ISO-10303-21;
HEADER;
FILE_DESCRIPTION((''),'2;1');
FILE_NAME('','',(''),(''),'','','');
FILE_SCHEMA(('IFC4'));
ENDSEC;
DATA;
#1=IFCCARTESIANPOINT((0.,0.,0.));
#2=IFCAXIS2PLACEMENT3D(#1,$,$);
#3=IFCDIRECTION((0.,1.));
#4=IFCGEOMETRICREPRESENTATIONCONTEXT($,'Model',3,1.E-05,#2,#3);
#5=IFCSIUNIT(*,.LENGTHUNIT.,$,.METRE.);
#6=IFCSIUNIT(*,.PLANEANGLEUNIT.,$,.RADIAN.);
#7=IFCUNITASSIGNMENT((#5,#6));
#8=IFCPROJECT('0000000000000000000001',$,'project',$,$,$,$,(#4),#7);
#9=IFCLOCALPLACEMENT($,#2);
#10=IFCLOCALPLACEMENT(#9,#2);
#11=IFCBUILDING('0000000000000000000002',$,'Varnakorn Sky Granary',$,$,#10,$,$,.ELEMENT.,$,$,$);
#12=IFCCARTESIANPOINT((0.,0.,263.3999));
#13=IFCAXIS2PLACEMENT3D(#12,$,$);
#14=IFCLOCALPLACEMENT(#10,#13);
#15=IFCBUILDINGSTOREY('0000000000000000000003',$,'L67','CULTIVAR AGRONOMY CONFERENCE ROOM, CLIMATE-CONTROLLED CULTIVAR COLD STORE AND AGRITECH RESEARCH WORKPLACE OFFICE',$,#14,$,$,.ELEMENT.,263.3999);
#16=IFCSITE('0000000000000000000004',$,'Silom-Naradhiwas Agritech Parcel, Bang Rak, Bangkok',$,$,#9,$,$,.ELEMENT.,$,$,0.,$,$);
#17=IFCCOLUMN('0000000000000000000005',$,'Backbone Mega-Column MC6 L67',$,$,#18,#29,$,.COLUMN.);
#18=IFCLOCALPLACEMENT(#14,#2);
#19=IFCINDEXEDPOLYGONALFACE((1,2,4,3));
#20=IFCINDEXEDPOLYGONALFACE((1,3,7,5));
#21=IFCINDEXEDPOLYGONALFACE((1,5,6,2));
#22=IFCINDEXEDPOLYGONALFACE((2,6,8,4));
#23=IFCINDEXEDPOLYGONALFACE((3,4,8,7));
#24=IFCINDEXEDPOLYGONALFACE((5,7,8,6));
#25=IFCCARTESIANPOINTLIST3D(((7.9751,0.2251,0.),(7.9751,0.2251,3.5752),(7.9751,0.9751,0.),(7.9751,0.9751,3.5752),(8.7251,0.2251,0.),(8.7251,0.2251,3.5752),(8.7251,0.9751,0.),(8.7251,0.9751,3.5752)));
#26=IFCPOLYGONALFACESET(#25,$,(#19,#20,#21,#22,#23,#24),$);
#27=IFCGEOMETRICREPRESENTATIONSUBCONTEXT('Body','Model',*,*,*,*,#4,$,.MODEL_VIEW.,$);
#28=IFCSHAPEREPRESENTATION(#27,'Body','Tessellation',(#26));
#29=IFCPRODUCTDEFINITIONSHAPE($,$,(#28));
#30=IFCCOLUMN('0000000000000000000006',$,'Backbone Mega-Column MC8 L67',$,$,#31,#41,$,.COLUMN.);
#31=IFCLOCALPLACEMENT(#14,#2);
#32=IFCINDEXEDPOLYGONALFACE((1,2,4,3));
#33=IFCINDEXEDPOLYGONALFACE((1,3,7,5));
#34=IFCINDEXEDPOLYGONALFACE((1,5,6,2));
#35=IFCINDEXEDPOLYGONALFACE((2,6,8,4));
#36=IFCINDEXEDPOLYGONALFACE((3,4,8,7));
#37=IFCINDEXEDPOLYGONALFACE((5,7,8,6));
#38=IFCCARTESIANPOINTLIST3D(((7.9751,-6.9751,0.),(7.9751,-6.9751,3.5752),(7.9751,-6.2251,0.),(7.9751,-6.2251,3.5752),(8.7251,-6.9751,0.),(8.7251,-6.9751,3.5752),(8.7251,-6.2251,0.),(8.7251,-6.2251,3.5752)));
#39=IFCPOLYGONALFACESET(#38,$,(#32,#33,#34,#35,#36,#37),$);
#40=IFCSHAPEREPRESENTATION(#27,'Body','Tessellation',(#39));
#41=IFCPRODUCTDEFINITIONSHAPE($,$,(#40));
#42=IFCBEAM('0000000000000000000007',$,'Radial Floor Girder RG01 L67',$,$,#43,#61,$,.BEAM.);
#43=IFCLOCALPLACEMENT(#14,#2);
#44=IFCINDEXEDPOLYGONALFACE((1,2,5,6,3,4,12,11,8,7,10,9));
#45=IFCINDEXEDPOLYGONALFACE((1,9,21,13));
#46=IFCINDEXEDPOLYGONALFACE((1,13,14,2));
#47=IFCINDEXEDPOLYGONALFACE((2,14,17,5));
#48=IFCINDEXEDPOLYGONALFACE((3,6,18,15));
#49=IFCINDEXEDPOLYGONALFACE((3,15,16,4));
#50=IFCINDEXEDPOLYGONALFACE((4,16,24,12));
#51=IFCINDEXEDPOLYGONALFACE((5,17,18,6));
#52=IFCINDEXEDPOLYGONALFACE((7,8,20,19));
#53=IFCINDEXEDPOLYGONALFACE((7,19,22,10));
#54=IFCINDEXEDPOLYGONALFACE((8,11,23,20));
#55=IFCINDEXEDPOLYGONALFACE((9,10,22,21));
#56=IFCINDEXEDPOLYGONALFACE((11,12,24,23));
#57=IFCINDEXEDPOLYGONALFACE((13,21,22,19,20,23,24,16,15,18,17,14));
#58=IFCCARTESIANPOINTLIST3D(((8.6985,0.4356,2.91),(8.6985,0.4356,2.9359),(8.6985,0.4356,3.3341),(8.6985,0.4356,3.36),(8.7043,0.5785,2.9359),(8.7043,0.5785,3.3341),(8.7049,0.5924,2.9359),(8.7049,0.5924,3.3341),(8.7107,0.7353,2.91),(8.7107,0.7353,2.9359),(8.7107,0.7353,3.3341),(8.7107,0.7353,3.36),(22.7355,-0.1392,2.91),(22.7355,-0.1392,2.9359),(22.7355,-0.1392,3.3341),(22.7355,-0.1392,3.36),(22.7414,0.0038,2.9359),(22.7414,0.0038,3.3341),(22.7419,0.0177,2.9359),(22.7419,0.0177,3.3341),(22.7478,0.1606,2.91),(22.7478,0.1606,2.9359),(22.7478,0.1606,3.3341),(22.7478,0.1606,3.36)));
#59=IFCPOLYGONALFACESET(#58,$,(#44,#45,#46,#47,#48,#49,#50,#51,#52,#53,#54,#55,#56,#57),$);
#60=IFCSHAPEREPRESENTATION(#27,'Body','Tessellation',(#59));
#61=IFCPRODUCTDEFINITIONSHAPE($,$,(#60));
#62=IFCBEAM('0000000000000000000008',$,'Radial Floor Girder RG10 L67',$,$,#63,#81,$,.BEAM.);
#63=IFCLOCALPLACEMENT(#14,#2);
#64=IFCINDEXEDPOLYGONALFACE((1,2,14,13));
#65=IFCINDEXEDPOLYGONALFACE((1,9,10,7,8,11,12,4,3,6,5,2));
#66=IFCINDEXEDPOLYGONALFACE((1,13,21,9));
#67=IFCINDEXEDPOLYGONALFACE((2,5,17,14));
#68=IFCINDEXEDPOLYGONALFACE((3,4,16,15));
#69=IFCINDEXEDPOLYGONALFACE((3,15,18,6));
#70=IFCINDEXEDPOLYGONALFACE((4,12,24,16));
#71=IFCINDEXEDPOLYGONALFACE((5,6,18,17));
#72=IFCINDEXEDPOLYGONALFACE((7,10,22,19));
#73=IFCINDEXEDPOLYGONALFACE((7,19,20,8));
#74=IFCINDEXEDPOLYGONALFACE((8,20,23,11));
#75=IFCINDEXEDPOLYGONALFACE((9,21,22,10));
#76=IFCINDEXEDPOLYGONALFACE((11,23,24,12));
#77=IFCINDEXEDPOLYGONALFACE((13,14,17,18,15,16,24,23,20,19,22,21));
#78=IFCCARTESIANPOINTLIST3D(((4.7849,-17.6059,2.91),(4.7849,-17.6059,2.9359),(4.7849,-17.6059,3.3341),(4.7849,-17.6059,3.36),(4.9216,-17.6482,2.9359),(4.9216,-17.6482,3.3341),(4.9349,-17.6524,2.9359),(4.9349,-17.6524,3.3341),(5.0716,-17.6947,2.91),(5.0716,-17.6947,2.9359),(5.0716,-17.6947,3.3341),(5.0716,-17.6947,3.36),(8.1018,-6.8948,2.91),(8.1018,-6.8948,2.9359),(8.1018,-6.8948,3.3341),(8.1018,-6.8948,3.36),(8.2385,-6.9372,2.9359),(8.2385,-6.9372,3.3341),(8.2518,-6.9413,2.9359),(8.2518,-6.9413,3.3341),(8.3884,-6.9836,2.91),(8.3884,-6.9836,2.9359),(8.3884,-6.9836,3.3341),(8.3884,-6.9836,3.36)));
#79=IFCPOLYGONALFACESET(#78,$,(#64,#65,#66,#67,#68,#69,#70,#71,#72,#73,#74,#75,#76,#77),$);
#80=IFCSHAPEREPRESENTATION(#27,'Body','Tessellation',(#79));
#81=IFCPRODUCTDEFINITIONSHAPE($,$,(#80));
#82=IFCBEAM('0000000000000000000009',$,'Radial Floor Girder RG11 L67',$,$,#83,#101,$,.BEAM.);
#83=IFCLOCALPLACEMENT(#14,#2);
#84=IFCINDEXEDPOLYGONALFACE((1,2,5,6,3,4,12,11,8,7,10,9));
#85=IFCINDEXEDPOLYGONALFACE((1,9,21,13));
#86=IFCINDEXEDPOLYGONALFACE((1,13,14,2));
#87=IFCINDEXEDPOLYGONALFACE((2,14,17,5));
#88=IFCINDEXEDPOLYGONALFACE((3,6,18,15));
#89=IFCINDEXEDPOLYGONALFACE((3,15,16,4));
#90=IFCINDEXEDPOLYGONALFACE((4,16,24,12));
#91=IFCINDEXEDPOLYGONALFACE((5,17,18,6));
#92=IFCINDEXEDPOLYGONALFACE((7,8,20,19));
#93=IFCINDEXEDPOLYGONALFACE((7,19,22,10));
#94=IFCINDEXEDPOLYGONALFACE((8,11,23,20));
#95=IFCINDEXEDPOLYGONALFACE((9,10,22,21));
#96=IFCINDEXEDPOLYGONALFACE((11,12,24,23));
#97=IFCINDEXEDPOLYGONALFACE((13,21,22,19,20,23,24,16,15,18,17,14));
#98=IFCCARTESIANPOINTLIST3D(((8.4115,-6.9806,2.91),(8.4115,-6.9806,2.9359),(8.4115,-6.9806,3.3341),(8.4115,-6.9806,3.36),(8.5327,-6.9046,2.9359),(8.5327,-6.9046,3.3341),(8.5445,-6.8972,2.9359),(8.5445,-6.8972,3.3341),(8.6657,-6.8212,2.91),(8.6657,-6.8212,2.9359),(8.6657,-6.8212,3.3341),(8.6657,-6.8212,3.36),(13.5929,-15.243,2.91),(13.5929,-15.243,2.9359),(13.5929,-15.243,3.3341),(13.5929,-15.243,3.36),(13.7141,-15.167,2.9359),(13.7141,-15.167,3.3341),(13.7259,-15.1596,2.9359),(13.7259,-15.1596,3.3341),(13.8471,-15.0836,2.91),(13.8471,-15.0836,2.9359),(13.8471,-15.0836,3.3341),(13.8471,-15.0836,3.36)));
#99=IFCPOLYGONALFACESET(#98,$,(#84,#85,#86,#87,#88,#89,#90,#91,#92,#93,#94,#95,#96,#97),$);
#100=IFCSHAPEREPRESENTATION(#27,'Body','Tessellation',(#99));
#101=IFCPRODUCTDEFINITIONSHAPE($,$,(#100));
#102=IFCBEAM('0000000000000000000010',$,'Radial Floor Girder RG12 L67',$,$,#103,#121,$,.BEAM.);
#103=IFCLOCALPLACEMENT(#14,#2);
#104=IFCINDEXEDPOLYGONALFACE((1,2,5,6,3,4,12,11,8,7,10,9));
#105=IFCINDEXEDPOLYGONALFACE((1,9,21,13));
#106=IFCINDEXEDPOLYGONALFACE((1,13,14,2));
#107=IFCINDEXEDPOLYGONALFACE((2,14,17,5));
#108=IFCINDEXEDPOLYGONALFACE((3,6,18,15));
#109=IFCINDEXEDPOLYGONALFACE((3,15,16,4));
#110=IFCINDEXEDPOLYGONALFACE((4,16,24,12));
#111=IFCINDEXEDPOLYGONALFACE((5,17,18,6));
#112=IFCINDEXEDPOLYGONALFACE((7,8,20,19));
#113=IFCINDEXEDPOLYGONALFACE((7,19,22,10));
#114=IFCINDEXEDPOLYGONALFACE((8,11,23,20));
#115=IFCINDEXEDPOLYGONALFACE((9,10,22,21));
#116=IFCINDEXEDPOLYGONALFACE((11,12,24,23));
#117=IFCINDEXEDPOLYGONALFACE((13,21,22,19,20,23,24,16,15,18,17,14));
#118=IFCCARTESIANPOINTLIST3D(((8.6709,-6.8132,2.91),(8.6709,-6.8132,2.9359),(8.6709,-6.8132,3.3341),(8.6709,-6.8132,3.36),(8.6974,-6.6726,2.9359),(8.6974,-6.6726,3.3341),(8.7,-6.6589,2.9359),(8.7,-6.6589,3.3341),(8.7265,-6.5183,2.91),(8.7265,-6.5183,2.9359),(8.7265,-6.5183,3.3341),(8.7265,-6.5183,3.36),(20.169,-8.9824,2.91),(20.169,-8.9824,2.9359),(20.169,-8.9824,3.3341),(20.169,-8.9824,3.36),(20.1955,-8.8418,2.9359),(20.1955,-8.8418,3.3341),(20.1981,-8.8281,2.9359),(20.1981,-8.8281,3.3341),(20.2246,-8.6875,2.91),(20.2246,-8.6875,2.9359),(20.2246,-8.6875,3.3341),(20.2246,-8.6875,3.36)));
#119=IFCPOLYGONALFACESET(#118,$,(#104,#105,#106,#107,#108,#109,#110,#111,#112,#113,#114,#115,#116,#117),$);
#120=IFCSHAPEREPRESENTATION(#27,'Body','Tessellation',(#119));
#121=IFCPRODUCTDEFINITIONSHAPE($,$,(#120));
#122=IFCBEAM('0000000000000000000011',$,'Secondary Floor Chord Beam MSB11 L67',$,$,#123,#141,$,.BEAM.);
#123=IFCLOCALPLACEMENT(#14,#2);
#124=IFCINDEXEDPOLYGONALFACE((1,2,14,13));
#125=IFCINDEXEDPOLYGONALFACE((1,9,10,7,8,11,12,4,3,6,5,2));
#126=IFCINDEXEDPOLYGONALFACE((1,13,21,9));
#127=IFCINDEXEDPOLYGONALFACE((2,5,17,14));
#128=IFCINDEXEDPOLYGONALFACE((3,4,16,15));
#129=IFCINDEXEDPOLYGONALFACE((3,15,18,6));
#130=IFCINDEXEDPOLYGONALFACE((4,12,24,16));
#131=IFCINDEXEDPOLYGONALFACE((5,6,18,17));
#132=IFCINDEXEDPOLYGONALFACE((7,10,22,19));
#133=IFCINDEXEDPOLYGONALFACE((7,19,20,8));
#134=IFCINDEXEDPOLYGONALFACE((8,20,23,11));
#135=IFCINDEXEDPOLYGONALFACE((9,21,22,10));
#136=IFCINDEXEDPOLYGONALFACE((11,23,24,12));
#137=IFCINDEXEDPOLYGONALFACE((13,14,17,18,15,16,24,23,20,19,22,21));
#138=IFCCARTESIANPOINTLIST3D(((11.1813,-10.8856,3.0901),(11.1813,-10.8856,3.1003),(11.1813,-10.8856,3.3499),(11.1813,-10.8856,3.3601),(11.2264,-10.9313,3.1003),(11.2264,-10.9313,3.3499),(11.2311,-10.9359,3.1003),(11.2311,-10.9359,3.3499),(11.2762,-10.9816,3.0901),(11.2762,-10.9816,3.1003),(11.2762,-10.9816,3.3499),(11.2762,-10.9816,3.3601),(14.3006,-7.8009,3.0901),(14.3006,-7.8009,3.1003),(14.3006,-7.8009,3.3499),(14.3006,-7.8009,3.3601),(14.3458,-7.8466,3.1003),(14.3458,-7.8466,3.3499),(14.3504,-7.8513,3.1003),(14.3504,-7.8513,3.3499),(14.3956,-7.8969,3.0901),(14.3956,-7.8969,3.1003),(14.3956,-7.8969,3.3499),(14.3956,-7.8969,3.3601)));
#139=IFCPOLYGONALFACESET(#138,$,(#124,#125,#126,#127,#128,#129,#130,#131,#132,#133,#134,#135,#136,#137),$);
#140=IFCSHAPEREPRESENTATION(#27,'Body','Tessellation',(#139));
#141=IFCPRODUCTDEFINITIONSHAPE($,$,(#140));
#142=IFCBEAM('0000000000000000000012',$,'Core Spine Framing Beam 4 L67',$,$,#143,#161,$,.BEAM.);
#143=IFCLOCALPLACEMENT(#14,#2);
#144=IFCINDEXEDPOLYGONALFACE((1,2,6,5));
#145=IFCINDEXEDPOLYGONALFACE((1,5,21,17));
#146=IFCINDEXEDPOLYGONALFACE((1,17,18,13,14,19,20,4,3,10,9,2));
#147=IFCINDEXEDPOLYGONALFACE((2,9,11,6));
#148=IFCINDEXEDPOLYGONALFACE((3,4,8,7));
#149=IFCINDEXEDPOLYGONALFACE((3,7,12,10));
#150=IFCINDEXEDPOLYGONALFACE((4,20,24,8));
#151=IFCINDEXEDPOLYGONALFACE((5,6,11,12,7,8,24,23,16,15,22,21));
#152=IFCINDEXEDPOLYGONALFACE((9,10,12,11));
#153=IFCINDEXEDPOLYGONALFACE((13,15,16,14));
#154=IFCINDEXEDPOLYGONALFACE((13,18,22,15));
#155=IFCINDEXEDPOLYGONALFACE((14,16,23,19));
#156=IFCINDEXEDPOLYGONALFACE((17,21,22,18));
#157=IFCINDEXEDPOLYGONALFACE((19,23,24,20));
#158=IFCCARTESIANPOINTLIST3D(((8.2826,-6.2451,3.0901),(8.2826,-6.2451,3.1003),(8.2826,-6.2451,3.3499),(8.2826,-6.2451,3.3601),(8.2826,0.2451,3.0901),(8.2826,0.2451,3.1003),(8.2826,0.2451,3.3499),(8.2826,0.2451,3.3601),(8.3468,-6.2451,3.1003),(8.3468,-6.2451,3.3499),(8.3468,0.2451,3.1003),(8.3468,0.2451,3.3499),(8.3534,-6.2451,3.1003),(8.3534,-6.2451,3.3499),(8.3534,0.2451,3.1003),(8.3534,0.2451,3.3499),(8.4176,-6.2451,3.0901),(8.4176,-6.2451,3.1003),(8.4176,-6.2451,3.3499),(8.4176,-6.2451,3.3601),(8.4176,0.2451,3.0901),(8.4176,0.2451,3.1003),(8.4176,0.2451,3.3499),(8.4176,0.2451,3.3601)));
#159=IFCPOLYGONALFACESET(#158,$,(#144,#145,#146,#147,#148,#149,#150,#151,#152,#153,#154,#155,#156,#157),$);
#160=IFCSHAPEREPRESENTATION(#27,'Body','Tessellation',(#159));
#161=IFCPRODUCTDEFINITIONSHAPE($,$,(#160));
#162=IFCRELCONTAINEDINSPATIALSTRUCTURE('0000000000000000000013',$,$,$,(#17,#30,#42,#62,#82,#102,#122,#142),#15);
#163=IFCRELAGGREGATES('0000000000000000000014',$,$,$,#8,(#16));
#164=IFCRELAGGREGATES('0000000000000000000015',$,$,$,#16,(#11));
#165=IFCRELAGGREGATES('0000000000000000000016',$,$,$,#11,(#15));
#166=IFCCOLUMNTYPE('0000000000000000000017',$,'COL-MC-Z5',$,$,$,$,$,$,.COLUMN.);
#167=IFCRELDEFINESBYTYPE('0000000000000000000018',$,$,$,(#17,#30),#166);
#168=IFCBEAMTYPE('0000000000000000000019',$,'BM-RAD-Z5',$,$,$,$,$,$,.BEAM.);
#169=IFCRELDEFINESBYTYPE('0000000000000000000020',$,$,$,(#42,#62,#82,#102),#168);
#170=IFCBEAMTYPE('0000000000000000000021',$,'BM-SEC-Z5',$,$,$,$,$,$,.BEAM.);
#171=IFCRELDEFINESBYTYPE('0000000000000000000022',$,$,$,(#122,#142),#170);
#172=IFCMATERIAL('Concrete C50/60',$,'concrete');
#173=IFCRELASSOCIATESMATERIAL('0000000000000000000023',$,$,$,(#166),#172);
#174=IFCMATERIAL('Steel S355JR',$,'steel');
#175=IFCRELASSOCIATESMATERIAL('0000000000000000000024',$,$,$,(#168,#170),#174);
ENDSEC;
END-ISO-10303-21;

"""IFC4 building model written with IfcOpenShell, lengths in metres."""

from ifc_helpers import new_model, si_unit, direction, frame, origin, origin_2d, place, context, subcontext, project, spatial, rectangle, i_section, extrude, material, material_profile, profile_set, type_object, element, save


model = new_model("IFC4")

# Units and contexts
model_context = context("Model", 3, precision=1e-05, world=origin(), true_north=direction((0.0, 1.0)))
body_context = subcontext(model_context, "Body", "Model", "MODEL_VIEW")
ifc_project = project(units=[si_unit("LENGTHUNIT", "METRE"), si_unit("PLANEANGLEUNIT", "RADIAN")], contexts=[model_context])

# Site, building, storey
site_placement = place(None, origin())
site = spatial("IfcSite", under=ifc_project, at=site_placement, Name="Silom-Naradhiwas Agritech Parcel, Bang Rak, Bangkok", CompositionType="ELEMENT", RefElevation=0.0)
building_placement = place(site_placement, origin())
building = spatial("IfcBuilding", under=site, at=building_placement, Name="Varnakorn Sky Granary", CompositionType="ELEMENT")
storey_placement = place(building_placement, frame((0.0, 0.0, 263.3999)))
storey = spatial("IfcBuildingStorey", under=building, at=storey_placement, Name="L67", Description="CULTIVAR AGRONOMY CONFERENCE ROOM, CLIMATE-CONTROLLED CULTIVAR COLD STORE AND AGRITECH RESEARCH WORKPLACE OFFICE", CompositionType="ELEMENT", Elevation=263.3999)

# Columns
ifc_material_1 = material(Name="Concrete C50/60", Category="concrete")
ifc_material_profile_1 = material_profile(ifc_material_1, rectangle(XDim=0.75, YDim=0.75, at=origin_2d()), Name="RC 750x750")
ifc_profile_set_1 = profile_set([ifc_material_profile_1], Name="Concrete C50/60")
column_type = type_object("IfcColumnType", Name="COL-MC-Z5", PredefinedType="COLUMN", material=ifc_profile_set_1)
for number, where, z_axis, x_axis, name in (
    (1, (8.3501, 0.6001, 0.0), (0.0, 0.0, 1.0), (1.0, 0.0, 0.0), "Backbone Mega-Column MC6 L67"),
    (2, (8.3501, -6.6001, 0.0), (0.0, 0.0, 1.0), (1.0, 0.0, 0.0), "Backbone Mega-Column MC8 L67"),
):
    element("IfcColumn", number, at=place(storey_placement, frame(where, z_axis=z_axis, x_axis=x_axis)), inside=storey, type_object=column_type, Name=name, PredefinedType="COLUMN", context=body_context, shape_type="SweptSolid", body=[
        extrude(rectangle(XDim=0.75, YDim=0.75, at=origin_2d()), origin(), (0.0, 0.0, 1.0), 3.5752),
    ])

# Beams
ifc_material_2 = material(Name="Steel S355JR", Category="steel")
ifc_material_profile_2 = material_profile(ifc_material_2, i_section(OverallWidth=0.3, OverallDepth=0.45, WebThickness=0.0139, FlangeThickness=0.0259, at=origin_2d()), Name="HE 450 B")
ifc_profile_set_2 = profile_set([ifc_material_profile_2], Name="Steel S355JR")
beam_type_1 = type_object("IfcBeamType", Name="BM-RAD-Z5", PredefinedType="BEAM", material=ifc_profile_set_2)
beam_1_placement = place(storey_placement, frame((8.7046, 0.5854, 3.135), z_axis=(0.999163, -0.040908, 0.0), x_axis=(0.040908, 0.999163, 0.0)))
element("IfcBeam", 3, at=beam_1_placement, inside=storey, type_object=beam_type_1, Name="Radial Floor Girder RG01 L67", PredefinedType="BEAM", context=body_context, shape_type="SweptSolid", body=[
    extrude(i_section(OverallWidth=0.3, OverallDepth=0.45, WebThickness=0.0139, FlangeThickness=0.0259, at=origin_2d()), origin(), (0.0, 0.0, 1.0), 14.0488),
])
beam_2_placement = place(storey_placement, frame((8.2451, -6.9392, 3.135), z_axis=(-0.295808, -0.955247, 0.0), x_axis=(0.955247, -0.295808, 0.0)))
element("IfcBeam", 4, at=beam_2_placement, inside=storey, type_object=beam_type_1, Name="Radial Floor Girder RG10 L67", PredefinedType="BEAM", context=body_context, shape_type="SweptSolid", body=[
    extrude(i_section(OverallWidth=0.3, OverallDepth=0.45, WebThickness=0.0139, FlangeThickness=0.0259, at=origin_2d()), origin(), (0.0, 0.0, 1.0), 11.2129),
])
beam_3_placement = place(storey_placement, frame((8.5386, -6.9009, 3.135), z_axis=(0.531279, -0.847197, 0.0), x_axis=(0.847197, 0.531279, 0.0)))
element("IfcBeam", 5, at=beam_3_placement, inside=storey, type_object=beam_type_1, Name="Radial Floor Girder RG11 L67", PredefinedType="BEAM", context=body_context, shape_type="SweptSolid", body=[
    extrude(i_section(OverallWidth=0.3, OverallDepth=0.45, WebThickness=0.0139, FlangeThickness=0.0259, at=origin_2d()), origin(), (0.0, 0.0, 1.0), 9.7527),
])
beam_4_placement = place(storey_placement, frame((8.6987, -6.6658, 3.135), z_axis=(0.982666, -0.185387, 0.0), x_axis=(0.185387, 0.982666, 0.0)))
element("IfcBeam", 6, at=beam_4_placement, inside=storey, type_object=beam_type_1, Name="Radial Floor Girder RG12 L67", PredefinedType="BEAM", context=body_context, shape_type="SweptSolid", body=[
    extrude(i_section(OverallWidth=0.3, OverallDepth=0.45, WebThickness=0.0139, FlangeThickness=0.0259, at=origin_2d()), origin(), (0.0, 0.0, 1.0), 11.7009),
])
ifc_material_profile_3 = material_profile(ifc_material_2, i_section(OverallWidth=0.135, OverallDepth=0.27, WebThickness=0.0066, FlangeThickness=0.0103, at=origin_2d()), Name="IPE 270")
ifc_profile_set_3 = profile_set([ifc_material_profile_3], Name="Steel S355JR")
beam_type_2 = type_object("IfcBeamType", Name="BM-SEC-Z5", PredefinedType="BEAM", material=ifc_profile_set_3)
beam_5_placement = place(storey_placement, frame((11.2288, -10.9336, 3.2251), z_axis=(0.711047, 0.703145, 0.0), x_axis=(-0.703145, 0.711047, 0.0)))
element("IfcBeam", 7, at=beam_5_placement, inside=storey, type_object=beam_type_2, Name="Secondary Floor Chord Beam MSB11 L67", PredefinedType="BEAM", context=body_context, shape_type="SweptSolid", body=[
    extrude(i_section(OverallWidth=0.135, OverallDepth=0.27, WebThickness=0.0066, FlangeThickness=0.0103, at=origin_2d()), origin(), (0.0, 0.0, 1.0), 4.387),
])
beam_6_placement = place(storey_placement, frame((8.3501, 0.2451, 3.2251), z_axis=(0.0, -1.0, 0.0), x_axis=(1.0, 0.0, 0.0)))
element("IfcBeam", 8, at=beam_6_placement, inside=storey, type_object=beam_type_2, Name="Core Spine Framing Beam 4 L67", PredefinedType="BEAM", context=body_context, shape_type="SweptSolid", body=[
    extrude(i_section(OverallWidth=0.135, OverallDepth=0.27, WebThickness=0.0066, FlangeThickness=0.0103, at=origin_2d()), origin(), (0.0, 0.0, 1.0), 6.4902),
])

save(model, "model.ifc")
